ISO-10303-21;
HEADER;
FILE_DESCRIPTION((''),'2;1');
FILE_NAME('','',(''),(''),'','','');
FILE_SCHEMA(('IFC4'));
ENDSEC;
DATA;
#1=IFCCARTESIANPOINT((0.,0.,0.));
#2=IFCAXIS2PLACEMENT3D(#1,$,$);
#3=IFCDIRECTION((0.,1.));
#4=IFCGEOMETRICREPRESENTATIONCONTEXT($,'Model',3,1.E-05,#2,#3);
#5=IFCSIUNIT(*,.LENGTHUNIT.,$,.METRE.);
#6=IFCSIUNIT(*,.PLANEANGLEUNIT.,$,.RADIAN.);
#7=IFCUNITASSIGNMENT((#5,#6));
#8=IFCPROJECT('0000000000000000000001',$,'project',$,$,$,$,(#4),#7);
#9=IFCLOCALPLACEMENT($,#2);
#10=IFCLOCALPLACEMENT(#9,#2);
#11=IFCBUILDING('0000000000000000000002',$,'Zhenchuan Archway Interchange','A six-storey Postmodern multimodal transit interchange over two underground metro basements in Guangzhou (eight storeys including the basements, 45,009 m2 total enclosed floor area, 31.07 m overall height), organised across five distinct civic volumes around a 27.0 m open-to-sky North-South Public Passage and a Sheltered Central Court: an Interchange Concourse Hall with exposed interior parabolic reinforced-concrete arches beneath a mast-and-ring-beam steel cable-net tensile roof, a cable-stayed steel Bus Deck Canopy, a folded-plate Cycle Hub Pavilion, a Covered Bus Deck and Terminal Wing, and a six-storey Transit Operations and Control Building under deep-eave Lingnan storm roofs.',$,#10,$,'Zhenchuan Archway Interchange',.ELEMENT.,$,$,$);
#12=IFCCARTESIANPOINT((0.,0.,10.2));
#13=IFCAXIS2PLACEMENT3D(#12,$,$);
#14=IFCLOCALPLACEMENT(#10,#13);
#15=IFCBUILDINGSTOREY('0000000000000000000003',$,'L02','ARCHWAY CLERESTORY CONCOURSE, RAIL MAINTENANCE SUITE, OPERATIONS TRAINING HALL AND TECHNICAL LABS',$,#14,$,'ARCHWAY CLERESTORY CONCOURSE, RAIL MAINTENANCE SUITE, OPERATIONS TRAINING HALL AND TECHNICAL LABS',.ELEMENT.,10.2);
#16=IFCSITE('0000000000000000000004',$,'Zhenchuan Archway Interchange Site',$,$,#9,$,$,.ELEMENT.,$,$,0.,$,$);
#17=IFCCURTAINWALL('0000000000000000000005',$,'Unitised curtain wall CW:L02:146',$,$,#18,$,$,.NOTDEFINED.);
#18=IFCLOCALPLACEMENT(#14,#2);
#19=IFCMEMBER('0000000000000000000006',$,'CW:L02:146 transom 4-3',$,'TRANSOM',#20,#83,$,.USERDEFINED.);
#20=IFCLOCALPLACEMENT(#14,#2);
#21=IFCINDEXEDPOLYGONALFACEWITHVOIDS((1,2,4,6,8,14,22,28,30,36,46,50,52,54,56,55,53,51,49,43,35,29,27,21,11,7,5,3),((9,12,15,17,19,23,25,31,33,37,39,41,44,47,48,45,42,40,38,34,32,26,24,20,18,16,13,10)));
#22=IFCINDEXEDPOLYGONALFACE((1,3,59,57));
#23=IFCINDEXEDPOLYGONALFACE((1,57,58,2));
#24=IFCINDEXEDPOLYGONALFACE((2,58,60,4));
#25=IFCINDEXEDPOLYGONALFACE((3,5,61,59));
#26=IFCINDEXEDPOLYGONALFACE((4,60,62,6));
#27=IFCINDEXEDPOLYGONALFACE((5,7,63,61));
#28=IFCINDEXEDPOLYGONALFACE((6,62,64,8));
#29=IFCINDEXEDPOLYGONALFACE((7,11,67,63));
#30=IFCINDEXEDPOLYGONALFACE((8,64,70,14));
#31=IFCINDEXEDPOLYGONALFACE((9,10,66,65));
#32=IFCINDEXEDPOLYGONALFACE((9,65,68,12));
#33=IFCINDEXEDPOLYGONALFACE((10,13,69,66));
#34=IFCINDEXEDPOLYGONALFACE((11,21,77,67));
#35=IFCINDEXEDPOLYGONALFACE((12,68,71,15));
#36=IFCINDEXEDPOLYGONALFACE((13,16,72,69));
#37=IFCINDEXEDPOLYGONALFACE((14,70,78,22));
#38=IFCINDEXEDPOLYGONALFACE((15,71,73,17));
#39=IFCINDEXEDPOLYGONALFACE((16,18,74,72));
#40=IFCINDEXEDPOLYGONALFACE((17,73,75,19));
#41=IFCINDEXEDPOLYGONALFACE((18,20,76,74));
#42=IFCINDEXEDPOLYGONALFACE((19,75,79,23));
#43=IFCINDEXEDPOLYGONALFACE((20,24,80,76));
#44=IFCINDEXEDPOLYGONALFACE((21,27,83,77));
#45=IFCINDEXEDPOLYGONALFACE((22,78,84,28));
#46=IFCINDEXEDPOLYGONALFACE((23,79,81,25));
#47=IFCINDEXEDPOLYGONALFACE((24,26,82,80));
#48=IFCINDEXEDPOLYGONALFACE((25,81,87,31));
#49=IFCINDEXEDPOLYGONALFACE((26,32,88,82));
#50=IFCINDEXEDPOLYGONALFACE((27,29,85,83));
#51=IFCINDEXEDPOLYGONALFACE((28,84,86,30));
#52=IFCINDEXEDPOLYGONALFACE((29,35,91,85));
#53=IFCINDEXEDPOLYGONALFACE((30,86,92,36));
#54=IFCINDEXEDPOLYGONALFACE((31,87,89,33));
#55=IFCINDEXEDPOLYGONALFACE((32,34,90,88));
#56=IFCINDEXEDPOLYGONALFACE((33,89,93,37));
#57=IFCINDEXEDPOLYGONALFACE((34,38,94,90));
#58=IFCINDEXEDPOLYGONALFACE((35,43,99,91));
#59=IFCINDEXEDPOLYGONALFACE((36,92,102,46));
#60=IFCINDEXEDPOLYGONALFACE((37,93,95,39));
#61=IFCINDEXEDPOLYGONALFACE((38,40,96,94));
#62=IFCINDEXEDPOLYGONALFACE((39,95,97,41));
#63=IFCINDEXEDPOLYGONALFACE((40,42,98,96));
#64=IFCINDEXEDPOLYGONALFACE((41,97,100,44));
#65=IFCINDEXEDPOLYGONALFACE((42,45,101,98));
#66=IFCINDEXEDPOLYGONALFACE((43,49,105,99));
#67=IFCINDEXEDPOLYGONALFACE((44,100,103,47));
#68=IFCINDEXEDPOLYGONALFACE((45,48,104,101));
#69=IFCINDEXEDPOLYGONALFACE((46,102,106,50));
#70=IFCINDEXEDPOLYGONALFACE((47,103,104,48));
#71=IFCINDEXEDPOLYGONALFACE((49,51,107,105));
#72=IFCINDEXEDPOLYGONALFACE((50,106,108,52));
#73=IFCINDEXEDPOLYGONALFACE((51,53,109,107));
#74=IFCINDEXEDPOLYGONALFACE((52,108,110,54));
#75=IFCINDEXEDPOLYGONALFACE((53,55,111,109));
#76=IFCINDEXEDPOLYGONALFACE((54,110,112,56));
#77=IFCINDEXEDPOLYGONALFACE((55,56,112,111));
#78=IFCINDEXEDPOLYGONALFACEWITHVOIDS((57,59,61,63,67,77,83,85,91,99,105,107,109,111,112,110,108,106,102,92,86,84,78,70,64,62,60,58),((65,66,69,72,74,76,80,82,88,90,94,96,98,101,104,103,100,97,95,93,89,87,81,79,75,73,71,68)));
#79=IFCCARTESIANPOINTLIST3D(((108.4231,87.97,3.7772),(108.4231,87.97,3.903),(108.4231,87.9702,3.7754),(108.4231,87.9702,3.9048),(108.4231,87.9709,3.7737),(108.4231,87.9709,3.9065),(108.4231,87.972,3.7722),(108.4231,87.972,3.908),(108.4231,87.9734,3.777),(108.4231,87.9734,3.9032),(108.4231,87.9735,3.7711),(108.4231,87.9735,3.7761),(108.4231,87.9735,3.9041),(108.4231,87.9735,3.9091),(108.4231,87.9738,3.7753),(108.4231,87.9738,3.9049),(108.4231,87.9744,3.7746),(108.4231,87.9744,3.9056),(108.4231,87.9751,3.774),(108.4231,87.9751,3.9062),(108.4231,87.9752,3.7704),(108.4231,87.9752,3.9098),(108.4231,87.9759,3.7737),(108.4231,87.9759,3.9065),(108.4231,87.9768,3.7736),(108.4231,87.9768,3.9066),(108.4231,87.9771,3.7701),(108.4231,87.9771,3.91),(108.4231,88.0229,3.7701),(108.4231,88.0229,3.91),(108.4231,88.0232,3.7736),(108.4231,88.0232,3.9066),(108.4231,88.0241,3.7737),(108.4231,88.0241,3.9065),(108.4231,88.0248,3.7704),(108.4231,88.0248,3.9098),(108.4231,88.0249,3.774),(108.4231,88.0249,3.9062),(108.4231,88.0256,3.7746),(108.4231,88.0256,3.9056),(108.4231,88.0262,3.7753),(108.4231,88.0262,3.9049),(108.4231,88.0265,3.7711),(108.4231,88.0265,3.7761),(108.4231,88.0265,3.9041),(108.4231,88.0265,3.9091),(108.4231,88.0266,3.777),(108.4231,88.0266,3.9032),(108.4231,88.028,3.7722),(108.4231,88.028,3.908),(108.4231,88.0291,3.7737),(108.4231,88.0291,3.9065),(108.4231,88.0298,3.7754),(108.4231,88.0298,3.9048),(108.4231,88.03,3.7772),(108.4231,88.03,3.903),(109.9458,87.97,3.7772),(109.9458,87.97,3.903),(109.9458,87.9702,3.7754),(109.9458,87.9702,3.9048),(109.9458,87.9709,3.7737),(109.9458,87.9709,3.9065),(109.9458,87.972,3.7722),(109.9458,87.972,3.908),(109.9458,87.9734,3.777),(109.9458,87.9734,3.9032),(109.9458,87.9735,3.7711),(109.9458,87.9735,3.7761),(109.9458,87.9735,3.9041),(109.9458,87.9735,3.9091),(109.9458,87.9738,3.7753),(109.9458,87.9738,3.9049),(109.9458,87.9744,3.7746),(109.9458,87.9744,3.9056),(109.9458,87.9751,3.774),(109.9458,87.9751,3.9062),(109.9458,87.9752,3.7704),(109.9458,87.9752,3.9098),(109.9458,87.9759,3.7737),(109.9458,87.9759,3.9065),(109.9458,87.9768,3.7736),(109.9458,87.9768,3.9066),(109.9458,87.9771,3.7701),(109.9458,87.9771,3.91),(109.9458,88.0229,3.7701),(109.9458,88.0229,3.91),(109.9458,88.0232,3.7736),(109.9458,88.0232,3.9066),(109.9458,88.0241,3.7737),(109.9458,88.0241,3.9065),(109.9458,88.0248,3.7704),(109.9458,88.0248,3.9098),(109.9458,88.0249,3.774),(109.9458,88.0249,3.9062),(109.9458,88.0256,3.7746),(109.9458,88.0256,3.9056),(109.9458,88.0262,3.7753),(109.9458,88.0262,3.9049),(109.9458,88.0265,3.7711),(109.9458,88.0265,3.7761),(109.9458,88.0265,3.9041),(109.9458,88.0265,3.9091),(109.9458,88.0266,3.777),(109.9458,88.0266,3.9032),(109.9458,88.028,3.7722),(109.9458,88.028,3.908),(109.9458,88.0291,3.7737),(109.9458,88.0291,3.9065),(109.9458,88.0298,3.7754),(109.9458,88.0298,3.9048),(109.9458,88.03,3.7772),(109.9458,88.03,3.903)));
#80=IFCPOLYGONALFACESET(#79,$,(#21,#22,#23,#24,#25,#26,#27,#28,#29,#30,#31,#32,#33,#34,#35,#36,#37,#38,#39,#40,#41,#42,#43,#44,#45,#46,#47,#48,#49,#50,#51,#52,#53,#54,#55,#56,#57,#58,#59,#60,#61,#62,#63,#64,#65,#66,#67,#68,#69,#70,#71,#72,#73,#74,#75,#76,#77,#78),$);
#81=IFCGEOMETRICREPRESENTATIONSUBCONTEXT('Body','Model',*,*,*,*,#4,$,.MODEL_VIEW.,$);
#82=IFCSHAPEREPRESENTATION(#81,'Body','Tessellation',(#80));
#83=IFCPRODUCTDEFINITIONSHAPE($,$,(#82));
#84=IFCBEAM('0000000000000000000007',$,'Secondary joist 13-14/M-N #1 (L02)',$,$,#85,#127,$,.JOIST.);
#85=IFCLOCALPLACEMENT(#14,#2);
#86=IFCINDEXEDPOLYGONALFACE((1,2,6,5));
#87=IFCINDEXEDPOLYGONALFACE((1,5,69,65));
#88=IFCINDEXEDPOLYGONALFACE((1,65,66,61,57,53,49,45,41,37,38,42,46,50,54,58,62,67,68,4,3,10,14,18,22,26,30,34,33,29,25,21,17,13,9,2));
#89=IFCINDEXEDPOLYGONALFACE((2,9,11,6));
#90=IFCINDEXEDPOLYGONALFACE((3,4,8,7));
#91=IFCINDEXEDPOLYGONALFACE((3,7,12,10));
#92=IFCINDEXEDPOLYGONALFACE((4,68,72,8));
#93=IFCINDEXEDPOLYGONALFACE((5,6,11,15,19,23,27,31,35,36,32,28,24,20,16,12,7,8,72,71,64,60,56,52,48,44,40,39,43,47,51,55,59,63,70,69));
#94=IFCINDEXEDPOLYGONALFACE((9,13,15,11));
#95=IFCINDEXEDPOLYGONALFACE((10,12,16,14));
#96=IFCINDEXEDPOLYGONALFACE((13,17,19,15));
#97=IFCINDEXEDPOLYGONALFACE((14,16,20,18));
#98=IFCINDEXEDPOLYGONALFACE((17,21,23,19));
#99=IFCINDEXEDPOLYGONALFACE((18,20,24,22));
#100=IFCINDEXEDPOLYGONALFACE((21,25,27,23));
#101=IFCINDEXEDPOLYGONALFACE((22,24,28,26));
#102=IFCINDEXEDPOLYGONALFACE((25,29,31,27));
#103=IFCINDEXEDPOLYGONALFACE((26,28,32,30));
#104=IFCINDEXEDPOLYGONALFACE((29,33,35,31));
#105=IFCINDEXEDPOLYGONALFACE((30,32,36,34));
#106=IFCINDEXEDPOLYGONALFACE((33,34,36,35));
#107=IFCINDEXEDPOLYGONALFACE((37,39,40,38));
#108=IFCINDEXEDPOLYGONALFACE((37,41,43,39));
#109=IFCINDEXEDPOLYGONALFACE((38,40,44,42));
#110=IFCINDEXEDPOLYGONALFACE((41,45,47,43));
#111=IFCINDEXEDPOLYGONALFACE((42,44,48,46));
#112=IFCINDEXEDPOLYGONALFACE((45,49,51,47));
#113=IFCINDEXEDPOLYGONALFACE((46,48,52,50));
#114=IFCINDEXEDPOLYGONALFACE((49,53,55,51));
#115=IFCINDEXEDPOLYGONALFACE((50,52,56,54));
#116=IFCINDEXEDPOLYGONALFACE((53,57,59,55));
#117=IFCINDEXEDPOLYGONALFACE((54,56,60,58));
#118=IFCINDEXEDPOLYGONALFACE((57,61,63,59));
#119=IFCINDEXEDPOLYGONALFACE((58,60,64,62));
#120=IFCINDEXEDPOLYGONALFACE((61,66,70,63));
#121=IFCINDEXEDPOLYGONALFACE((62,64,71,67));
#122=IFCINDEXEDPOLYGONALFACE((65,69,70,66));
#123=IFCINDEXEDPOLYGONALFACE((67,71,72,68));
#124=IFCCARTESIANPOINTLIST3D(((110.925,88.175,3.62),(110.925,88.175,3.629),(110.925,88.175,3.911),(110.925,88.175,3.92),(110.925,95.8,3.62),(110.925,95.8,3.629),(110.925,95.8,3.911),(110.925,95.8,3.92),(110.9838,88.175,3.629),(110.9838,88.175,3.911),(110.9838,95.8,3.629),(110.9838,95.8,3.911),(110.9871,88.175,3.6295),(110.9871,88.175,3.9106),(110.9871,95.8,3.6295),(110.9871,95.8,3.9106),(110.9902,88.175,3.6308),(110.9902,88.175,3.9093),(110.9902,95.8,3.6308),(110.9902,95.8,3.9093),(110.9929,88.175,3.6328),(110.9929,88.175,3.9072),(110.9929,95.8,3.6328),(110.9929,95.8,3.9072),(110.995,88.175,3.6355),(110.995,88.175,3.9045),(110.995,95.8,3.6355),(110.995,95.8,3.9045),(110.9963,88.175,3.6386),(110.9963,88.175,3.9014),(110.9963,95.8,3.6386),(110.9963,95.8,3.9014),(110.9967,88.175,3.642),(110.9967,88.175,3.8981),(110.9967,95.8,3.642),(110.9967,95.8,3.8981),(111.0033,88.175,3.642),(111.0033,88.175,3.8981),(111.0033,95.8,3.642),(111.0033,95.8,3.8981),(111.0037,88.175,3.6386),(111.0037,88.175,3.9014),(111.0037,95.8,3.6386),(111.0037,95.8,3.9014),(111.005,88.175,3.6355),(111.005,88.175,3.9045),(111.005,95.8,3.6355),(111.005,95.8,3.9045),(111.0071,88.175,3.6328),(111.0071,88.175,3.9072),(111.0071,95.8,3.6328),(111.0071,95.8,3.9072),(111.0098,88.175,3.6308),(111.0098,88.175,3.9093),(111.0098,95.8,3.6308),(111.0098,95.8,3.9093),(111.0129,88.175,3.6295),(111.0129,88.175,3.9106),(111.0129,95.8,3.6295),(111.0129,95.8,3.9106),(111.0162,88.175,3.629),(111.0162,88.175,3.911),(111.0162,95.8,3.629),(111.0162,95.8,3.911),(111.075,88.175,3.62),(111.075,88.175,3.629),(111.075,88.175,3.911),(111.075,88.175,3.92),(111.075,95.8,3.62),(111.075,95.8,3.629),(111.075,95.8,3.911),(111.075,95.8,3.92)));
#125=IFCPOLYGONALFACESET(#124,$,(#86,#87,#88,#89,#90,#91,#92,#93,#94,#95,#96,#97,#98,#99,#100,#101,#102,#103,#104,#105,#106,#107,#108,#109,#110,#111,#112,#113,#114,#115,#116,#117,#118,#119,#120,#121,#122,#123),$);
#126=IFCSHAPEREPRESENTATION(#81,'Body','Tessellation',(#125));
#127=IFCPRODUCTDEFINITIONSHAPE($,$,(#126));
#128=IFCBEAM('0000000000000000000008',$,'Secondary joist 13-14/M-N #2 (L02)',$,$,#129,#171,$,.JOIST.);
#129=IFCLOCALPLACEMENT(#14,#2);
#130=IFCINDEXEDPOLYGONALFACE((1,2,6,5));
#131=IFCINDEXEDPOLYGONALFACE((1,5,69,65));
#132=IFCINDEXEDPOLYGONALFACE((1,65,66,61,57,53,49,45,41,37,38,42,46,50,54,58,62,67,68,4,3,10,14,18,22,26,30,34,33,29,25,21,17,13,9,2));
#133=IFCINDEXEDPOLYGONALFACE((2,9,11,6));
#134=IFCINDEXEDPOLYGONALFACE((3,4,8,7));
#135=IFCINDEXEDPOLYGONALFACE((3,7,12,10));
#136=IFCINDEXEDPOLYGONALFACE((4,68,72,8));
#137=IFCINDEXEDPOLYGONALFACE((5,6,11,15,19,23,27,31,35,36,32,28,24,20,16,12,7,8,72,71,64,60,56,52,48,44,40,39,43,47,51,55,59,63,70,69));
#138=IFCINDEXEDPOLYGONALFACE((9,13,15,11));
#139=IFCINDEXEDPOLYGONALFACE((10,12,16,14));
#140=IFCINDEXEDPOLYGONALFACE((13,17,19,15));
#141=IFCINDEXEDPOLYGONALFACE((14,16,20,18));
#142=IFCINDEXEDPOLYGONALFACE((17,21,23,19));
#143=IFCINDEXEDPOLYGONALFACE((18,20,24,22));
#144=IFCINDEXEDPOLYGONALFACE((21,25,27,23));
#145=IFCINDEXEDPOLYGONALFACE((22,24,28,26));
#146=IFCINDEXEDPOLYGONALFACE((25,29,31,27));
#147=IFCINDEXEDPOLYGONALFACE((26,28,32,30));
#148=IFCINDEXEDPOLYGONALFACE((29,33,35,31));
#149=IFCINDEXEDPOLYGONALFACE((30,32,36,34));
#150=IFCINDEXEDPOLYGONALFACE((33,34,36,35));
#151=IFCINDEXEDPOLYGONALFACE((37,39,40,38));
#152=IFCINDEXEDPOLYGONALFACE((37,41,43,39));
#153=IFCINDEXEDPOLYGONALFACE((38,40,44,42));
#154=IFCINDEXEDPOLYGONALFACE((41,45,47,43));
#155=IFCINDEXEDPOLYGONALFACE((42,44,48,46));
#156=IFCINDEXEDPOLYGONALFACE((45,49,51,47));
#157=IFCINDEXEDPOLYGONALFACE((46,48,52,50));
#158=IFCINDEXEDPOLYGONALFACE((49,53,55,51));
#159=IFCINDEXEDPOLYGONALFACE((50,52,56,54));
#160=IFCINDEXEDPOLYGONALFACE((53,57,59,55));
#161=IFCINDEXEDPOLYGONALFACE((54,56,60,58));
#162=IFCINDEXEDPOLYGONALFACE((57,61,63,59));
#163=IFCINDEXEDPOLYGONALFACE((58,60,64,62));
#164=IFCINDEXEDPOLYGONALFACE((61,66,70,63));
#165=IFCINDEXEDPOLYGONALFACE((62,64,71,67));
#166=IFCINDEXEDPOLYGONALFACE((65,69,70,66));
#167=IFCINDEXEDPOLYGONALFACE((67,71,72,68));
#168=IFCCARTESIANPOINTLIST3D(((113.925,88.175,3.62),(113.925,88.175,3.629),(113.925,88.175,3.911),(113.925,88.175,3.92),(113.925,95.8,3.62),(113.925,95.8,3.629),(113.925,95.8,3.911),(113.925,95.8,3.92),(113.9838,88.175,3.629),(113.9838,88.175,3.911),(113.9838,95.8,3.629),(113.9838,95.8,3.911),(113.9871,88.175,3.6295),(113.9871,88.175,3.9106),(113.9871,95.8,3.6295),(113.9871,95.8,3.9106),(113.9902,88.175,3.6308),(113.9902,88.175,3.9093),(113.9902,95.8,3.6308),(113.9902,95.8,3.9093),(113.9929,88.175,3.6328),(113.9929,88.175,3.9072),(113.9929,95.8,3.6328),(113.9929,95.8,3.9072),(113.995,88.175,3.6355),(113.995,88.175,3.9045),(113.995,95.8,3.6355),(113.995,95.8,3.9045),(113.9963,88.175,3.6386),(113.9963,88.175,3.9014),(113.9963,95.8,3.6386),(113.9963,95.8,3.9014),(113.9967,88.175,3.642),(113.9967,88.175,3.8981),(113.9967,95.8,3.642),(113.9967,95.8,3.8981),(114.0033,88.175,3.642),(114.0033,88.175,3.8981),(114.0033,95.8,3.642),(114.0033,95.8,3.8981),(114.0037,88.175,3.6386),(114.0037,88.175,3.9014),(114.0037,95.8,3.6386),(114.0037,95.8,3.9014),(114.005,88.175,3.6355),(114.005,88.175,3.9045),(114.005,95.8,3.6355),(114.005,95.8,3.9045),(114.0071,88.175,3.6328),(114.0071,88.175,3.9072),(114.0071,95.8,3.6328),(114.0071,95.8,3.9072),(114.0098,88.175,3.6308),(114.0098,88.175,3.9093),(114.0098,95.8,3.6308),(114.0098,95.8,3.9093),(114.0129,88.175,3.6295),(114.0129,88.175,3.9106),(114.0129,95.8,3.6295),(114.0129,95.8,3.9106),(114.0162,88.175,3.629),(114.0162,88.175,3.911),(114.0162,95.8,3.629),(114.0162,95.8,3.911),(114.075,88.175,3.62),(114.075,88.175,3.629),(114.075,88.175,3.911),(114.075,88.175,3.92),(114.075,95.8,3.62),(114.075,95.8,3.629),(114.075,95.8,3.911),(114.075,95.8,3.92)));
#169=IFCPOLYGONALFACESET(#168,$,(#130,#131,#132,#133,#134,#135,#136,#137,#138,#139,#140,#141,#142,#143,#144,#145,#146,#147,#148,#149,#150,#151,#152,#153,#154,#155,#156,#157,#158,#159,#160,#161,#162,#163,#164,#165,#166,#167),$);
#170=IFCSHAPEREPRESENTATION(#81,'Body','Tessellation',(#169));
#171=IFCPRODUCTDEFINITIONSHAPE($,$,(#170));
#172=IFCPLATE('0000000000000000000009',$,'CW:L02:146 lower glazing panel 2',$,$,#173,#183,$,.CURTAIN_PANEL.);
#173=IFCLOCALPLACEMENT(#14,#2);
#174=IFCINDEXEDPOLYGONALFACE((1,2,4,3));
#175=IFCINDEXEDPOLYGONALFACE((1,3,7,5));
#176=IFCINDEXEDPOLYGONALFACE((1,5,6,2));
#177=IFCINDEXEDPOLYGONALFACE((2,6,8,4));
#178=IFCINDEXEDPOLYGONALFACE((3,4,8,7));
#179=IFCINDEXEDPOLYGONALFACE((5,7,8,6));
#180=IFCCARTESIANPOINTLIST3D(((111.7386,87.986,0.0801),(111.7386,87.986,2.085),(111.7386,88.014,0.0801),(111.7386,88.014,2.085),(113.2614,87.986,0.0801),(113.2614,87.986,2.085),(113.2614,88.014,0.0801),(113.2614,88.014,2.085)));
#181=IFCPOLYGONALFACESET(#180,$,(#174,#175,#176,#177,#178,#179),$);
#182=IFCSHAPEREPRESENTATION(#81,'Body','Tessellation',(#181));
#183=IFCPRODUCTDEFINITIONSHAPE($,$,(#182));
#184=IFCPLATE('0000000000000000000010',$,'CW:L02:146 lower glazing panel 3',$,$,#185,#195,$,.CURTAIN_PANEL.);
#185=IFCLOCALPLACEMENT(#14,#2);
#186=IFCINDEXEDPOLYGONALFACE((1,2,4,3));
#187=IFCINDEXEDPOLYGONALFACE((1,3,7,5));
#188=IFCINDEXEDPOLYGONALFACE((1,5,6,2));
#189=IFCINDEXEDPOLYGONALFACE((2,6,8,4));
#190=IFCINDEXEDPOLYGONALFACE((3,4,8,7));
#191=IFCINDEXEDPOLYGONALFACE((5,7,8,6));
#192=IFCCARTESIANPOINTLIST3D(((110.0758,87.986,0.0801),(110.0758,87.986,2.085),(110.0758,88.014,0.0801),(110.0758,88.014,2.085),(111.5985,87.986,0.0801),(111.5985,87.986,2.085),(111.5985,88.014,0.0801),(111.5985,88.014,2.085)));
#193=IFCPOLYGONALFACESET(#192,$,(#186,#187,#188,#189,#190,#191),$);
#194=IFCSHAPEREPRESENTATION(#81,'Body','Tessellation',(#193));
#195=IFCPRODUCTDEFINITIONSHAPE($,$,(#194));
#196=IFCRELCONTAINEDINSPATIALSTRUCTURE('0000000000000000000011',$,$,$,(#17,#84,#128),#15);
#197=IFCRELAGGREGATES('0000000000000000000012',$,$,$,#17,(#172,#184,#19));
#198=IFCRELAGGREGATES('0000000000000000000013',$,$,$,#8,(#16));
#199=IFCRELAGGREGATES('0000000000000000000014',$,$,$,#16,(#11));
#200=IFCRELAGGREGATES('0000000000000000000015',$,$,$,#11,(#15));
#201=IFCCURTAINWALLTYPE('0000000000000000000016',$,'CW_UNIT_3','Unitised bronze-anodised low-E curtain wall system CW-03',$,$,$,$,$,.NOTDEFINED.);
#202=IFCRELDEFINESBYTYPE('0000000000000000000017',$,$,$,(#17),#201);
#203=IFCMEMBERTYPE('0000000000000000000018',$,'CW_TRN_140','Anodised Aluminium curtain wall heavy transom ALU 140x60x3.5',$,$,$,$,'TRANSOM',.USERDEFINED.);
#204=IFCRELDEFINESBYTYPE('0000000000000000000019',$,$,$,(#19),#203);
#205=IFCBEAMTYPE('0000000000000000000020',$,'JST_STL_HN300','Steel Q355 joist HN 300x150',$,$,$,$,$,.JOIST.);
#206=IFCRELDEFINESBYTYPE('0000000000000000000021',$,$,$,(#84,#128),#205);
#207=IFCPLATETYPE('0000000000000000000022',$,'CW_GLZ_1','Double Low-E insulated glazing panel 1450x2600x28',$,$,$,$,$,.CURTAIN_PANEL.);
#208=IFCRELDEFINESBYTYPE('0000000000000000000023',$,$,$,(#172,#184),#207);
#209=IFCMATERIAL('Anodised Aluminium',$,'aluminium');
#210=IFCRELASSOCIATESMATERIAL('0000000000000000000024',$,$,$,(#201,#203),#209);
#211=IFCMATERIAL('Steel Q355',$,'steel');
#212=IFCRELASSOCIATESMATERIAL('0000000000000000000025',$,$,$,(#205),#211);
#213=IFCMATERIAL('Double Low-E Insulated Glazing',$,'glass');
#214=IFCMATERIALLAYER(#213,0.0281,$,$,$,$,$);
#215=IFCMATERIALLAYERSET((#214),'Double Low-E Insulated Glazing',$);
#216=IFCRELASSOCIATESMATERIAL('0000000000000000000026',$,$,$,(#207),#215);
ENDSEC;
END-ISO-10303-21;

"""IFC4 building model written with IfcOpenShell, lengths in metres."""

from ifc_helpers import new_model, si_unit, direction, frame, origin, origin_2d, place, context, subcontext, project, spatial, rectangle, hollow_rectangle, i_section, extrude, material, layer, layer_set, material_profile, profile_set, type_object, element, aggregate, save


model = new_model("IFC4")

# Units and contexts
model_context = context("Model", 3, precision=1e-05, world=origin(), true_north=direction((0.0, 1.0)))
body_context = subcontext(model_context, "Body", "Model", "MODEL_VIEW")
ifc_project = project(units=[si_unit("LENGTHUNIT", "METRE"), si_unit("PLANEANGLEUNIT", "RADIAN")], contexts=[model_context])

# Site, building, storey
site_placement = place(None, origin())
site = spatial("IfcSite", under=ifc_project, at=site_placement, Name="Zhenchuan Archway Interchange Site", CompositionType="ELEMENT", RefElevation=0.0)
building_placement = place(site_placement, origin())
building = spatial("IfcBuilding", under=site, at=building_placement, Name="Zhenchuan Archway Interchange", Description="A six-storey Postmodern multimodal transit interchange over two underground metro basements in Guangzhou (eight storeys including the basements, 45,009 m2 total enclosed floor area, 31.07 m overall height), organised across five distinct civic volumes around a 27.0 m open-to-sky North-South Public Passage and a Sheltered Central Court: an Interchange Concourse Hall with exposed interior parabolic reinforced-concrete arches beneath a mast-and-ring-beam steel cable-net tensile roof, a cable-stayed steel Bus Deck Canopy, a folded-plate Cycle Hub Pavilion, a Covered Bus Deck and Terminal Wing, and a six-storey Transit Operations and Control Building under deep-eave Lingnan storm roofs.", LongName="Zhenchuan Archway Interchange", CompositionType="ELEMENT")
storey_placement = place(building_placement, frame((0.0, 0.0, 10.2)))
storey = spatial("IfcBuildingStorey", under=building, at=storey_placement, Name="L02", Description="ARCHWAY CLERESTORY CONCOURSE, RAIL MAINTENANCE SUITE, OPERATIONS TRAINING HALL AND TECHNICAL LABS", LongName="ARCHWAY CLERESTORY CONCOURSE, RAIL MAINTENANCE SUITE, OPERATIONS TRAINING HALL AND TECHNICAL LABS", CompositionType="ELEMENT", Elevation=10.2)

# Curtain wall, member
ifc_material_1 = material(Name="Anodised Aluminium", Category="aluminium")
curtain_wall_type = type_object("IfcCurtainWallType", Name="CW_UNIT_3", Description="Unitised bronze-anodised low-E curtain wall system CW-03", PredefinedType="NOTDEFINED", material=ifc_material_1)
curtain_wall_placement = place(storey_placement, origin())
curtain_wall = element("IfcCurtainWall", 1, at=curtain_wall_placement, inside=storey, type_object=curtain_wall_type, Name="Unitised curtain wall CW:L02:146", PredefinedType="NOTDEFINED")
ifc_material_profile_1 = material_profile(ifc_material_1, hollow_rectangle(XDim=0.0601, YDim=0.1399, WallThickness=0.0034, InnerFilletRadius=0.0034, OuterFilletRadius=0.0071, at=origin_2d()), Name="ALU 140x60x3.5")
ifc_profile_set_1 = profile_set([ifc_material_profile_1], Name="Anodised Aluminium")
member_type_1 = type_object("IfcMemberType", Name="CW_TRN_140", Description="Anodised Aluminium curtain wall heavy transom ALU 140x60x3.5", ElementType="TRANSOM", PredefinedType="USERDEFINED", material=ifc_profile_set_1)
member_1_placement = place(storey_placement, frame((109.9458, 88.0, 3.8401), z_axis=(-1.0, 0.0, 0.0), x_axis=(0.0, -1.0, 0.0)))
member_1 = element("IfcMember", 2, at=member_1_placement, type_object=member_type_1, Name="CW:L02:146 transom 4-3", ObjectType="TRANSOM", PredefinedType="USERDEFINED", context=body_context, shape_type="SweptSolid", body=[
    extrude(hollow_rectangle(XDim=0.0601, YDim=0.1399, WallThickness=0.0034, InnerFilletRadius=0.0034, OuterFilletRadius=0.0071, at=origin_2d()), origin(), (0.0, 0.0, 1.0), 1.5227),
])

# Beams
ifc_material_2 = material(Name="Steel Q355", Category="steel")
ifc_material_profile_2 = material_profile(ifc_material_2, i_section(OverallWidth=0.1499, OverallDepth=0.3, WebThickness=0.0066, FlangeThickness=0.009, FilletRadius=0.0129, at=origin_2d()), Name="HN 300x150")
ifc_profile_set_2 = profile_set([ifc_material_profile_2], Name="Steel Q355")
beam_type = type_object("IfcBeamType", Name="JST_STL_HN300", Description="Steel Q355 joist HN 300x150", PredefinedType="JOIST", material=ifc_profile_set_2)
for number, where, z_axis, x_axis, name in (
    (3, (111.0, 88.175, 3.77), (0.0, 1.0, 0.0), (-1.0, 0.0, 0.0), "Secondary joist 13-14/M-N #1 (L02)"),
    (4, (114.0, 88.175, 3.77), (0.0, 1.0, 0.0), (-1.0, 0.0, 0.0), "Secondary joist 13-14/M-N #2 (L02)"),
):
    element("IfcBeam", number, at=place(storey_placement, frame(where, z_axis=z_axis, x_axis=x_axis)), inside=storey, type_object=beam_type, Name=name, PredefinedType="JOIST", context=body_context, shape_type="SweptSolid", body=[
        extrude(i_section(OverallWidth=0.1499, OverallDepth=0.3, WebThickness=0.0066, FlangeThickness=0.009, FilletRadius=0.0129, at=origin_2d()), origin(), (0.0, 0.0, 1.0), 7.625),
    ])

# Plates
ifc_material_3 = material(Name="Double Low-E Insulated Glazing", Category="glass")
ifc_layer_1 = layer(ifc_material_3, 0.0281)
ifc_layer_set_1 = layer_set([ifc_layer_1], Name="Double Low-E Insulated Glazing")
plate_type_1 = type_object("IfcPlateType", Name="CW_GLZ_1", Description="Double Low-E insulated glazing panel 1450x2600x28", PredefinedType="CURTAIN_PANEL", material=ifc_layer_set_1)
plate_1_placement = place(storey_placement, frame((112.5, 88.0, 0.0801), z_axis=(0.0, 0.0, 1.0), x_axis=(-1.0, 0.0, 0.0)))
plate_1 = element("IfcPlate", 5, at=plate_1_placement, type_object=plate_type_1, Name="CW:L02:146 lower glazing panel 2", PredefinedType="CURTAIN_PANEL", context=body_context, shape_type="SweptSolid", body=[
    extrude(rectangle(XDim=1.5227, YDim=0.0281, at=origin_2d()), origin(), (0.0, 0.0, 1.0), 2.0049),
])
plate_2_placement = place(storey_placement, frame((110.8372, 88.0, 0.0801), z_axis=(0.0, 0.0, 1.0), x_axis=(-1.0, 0.0, 0.0)))
plate_2 = element("IfcPlate", 6, at=plate_2_placement, type_object=plate_type_1, Name="CW:L02:146 lower glazing panel 3", PredefinedType="CURTAIN_PANEL", context=body_context, shape_type="SweptSolid", body=[
    extrude(rectangle(XDim=1.5227, YDim=0.0281, at=origin_2d()), origin(), (0.0, 0.0, 1.0), 2.0049),
])
aggregate(curtain_wall, [plate_1, plate_2, member_1])

save(model, "model.ifc")
